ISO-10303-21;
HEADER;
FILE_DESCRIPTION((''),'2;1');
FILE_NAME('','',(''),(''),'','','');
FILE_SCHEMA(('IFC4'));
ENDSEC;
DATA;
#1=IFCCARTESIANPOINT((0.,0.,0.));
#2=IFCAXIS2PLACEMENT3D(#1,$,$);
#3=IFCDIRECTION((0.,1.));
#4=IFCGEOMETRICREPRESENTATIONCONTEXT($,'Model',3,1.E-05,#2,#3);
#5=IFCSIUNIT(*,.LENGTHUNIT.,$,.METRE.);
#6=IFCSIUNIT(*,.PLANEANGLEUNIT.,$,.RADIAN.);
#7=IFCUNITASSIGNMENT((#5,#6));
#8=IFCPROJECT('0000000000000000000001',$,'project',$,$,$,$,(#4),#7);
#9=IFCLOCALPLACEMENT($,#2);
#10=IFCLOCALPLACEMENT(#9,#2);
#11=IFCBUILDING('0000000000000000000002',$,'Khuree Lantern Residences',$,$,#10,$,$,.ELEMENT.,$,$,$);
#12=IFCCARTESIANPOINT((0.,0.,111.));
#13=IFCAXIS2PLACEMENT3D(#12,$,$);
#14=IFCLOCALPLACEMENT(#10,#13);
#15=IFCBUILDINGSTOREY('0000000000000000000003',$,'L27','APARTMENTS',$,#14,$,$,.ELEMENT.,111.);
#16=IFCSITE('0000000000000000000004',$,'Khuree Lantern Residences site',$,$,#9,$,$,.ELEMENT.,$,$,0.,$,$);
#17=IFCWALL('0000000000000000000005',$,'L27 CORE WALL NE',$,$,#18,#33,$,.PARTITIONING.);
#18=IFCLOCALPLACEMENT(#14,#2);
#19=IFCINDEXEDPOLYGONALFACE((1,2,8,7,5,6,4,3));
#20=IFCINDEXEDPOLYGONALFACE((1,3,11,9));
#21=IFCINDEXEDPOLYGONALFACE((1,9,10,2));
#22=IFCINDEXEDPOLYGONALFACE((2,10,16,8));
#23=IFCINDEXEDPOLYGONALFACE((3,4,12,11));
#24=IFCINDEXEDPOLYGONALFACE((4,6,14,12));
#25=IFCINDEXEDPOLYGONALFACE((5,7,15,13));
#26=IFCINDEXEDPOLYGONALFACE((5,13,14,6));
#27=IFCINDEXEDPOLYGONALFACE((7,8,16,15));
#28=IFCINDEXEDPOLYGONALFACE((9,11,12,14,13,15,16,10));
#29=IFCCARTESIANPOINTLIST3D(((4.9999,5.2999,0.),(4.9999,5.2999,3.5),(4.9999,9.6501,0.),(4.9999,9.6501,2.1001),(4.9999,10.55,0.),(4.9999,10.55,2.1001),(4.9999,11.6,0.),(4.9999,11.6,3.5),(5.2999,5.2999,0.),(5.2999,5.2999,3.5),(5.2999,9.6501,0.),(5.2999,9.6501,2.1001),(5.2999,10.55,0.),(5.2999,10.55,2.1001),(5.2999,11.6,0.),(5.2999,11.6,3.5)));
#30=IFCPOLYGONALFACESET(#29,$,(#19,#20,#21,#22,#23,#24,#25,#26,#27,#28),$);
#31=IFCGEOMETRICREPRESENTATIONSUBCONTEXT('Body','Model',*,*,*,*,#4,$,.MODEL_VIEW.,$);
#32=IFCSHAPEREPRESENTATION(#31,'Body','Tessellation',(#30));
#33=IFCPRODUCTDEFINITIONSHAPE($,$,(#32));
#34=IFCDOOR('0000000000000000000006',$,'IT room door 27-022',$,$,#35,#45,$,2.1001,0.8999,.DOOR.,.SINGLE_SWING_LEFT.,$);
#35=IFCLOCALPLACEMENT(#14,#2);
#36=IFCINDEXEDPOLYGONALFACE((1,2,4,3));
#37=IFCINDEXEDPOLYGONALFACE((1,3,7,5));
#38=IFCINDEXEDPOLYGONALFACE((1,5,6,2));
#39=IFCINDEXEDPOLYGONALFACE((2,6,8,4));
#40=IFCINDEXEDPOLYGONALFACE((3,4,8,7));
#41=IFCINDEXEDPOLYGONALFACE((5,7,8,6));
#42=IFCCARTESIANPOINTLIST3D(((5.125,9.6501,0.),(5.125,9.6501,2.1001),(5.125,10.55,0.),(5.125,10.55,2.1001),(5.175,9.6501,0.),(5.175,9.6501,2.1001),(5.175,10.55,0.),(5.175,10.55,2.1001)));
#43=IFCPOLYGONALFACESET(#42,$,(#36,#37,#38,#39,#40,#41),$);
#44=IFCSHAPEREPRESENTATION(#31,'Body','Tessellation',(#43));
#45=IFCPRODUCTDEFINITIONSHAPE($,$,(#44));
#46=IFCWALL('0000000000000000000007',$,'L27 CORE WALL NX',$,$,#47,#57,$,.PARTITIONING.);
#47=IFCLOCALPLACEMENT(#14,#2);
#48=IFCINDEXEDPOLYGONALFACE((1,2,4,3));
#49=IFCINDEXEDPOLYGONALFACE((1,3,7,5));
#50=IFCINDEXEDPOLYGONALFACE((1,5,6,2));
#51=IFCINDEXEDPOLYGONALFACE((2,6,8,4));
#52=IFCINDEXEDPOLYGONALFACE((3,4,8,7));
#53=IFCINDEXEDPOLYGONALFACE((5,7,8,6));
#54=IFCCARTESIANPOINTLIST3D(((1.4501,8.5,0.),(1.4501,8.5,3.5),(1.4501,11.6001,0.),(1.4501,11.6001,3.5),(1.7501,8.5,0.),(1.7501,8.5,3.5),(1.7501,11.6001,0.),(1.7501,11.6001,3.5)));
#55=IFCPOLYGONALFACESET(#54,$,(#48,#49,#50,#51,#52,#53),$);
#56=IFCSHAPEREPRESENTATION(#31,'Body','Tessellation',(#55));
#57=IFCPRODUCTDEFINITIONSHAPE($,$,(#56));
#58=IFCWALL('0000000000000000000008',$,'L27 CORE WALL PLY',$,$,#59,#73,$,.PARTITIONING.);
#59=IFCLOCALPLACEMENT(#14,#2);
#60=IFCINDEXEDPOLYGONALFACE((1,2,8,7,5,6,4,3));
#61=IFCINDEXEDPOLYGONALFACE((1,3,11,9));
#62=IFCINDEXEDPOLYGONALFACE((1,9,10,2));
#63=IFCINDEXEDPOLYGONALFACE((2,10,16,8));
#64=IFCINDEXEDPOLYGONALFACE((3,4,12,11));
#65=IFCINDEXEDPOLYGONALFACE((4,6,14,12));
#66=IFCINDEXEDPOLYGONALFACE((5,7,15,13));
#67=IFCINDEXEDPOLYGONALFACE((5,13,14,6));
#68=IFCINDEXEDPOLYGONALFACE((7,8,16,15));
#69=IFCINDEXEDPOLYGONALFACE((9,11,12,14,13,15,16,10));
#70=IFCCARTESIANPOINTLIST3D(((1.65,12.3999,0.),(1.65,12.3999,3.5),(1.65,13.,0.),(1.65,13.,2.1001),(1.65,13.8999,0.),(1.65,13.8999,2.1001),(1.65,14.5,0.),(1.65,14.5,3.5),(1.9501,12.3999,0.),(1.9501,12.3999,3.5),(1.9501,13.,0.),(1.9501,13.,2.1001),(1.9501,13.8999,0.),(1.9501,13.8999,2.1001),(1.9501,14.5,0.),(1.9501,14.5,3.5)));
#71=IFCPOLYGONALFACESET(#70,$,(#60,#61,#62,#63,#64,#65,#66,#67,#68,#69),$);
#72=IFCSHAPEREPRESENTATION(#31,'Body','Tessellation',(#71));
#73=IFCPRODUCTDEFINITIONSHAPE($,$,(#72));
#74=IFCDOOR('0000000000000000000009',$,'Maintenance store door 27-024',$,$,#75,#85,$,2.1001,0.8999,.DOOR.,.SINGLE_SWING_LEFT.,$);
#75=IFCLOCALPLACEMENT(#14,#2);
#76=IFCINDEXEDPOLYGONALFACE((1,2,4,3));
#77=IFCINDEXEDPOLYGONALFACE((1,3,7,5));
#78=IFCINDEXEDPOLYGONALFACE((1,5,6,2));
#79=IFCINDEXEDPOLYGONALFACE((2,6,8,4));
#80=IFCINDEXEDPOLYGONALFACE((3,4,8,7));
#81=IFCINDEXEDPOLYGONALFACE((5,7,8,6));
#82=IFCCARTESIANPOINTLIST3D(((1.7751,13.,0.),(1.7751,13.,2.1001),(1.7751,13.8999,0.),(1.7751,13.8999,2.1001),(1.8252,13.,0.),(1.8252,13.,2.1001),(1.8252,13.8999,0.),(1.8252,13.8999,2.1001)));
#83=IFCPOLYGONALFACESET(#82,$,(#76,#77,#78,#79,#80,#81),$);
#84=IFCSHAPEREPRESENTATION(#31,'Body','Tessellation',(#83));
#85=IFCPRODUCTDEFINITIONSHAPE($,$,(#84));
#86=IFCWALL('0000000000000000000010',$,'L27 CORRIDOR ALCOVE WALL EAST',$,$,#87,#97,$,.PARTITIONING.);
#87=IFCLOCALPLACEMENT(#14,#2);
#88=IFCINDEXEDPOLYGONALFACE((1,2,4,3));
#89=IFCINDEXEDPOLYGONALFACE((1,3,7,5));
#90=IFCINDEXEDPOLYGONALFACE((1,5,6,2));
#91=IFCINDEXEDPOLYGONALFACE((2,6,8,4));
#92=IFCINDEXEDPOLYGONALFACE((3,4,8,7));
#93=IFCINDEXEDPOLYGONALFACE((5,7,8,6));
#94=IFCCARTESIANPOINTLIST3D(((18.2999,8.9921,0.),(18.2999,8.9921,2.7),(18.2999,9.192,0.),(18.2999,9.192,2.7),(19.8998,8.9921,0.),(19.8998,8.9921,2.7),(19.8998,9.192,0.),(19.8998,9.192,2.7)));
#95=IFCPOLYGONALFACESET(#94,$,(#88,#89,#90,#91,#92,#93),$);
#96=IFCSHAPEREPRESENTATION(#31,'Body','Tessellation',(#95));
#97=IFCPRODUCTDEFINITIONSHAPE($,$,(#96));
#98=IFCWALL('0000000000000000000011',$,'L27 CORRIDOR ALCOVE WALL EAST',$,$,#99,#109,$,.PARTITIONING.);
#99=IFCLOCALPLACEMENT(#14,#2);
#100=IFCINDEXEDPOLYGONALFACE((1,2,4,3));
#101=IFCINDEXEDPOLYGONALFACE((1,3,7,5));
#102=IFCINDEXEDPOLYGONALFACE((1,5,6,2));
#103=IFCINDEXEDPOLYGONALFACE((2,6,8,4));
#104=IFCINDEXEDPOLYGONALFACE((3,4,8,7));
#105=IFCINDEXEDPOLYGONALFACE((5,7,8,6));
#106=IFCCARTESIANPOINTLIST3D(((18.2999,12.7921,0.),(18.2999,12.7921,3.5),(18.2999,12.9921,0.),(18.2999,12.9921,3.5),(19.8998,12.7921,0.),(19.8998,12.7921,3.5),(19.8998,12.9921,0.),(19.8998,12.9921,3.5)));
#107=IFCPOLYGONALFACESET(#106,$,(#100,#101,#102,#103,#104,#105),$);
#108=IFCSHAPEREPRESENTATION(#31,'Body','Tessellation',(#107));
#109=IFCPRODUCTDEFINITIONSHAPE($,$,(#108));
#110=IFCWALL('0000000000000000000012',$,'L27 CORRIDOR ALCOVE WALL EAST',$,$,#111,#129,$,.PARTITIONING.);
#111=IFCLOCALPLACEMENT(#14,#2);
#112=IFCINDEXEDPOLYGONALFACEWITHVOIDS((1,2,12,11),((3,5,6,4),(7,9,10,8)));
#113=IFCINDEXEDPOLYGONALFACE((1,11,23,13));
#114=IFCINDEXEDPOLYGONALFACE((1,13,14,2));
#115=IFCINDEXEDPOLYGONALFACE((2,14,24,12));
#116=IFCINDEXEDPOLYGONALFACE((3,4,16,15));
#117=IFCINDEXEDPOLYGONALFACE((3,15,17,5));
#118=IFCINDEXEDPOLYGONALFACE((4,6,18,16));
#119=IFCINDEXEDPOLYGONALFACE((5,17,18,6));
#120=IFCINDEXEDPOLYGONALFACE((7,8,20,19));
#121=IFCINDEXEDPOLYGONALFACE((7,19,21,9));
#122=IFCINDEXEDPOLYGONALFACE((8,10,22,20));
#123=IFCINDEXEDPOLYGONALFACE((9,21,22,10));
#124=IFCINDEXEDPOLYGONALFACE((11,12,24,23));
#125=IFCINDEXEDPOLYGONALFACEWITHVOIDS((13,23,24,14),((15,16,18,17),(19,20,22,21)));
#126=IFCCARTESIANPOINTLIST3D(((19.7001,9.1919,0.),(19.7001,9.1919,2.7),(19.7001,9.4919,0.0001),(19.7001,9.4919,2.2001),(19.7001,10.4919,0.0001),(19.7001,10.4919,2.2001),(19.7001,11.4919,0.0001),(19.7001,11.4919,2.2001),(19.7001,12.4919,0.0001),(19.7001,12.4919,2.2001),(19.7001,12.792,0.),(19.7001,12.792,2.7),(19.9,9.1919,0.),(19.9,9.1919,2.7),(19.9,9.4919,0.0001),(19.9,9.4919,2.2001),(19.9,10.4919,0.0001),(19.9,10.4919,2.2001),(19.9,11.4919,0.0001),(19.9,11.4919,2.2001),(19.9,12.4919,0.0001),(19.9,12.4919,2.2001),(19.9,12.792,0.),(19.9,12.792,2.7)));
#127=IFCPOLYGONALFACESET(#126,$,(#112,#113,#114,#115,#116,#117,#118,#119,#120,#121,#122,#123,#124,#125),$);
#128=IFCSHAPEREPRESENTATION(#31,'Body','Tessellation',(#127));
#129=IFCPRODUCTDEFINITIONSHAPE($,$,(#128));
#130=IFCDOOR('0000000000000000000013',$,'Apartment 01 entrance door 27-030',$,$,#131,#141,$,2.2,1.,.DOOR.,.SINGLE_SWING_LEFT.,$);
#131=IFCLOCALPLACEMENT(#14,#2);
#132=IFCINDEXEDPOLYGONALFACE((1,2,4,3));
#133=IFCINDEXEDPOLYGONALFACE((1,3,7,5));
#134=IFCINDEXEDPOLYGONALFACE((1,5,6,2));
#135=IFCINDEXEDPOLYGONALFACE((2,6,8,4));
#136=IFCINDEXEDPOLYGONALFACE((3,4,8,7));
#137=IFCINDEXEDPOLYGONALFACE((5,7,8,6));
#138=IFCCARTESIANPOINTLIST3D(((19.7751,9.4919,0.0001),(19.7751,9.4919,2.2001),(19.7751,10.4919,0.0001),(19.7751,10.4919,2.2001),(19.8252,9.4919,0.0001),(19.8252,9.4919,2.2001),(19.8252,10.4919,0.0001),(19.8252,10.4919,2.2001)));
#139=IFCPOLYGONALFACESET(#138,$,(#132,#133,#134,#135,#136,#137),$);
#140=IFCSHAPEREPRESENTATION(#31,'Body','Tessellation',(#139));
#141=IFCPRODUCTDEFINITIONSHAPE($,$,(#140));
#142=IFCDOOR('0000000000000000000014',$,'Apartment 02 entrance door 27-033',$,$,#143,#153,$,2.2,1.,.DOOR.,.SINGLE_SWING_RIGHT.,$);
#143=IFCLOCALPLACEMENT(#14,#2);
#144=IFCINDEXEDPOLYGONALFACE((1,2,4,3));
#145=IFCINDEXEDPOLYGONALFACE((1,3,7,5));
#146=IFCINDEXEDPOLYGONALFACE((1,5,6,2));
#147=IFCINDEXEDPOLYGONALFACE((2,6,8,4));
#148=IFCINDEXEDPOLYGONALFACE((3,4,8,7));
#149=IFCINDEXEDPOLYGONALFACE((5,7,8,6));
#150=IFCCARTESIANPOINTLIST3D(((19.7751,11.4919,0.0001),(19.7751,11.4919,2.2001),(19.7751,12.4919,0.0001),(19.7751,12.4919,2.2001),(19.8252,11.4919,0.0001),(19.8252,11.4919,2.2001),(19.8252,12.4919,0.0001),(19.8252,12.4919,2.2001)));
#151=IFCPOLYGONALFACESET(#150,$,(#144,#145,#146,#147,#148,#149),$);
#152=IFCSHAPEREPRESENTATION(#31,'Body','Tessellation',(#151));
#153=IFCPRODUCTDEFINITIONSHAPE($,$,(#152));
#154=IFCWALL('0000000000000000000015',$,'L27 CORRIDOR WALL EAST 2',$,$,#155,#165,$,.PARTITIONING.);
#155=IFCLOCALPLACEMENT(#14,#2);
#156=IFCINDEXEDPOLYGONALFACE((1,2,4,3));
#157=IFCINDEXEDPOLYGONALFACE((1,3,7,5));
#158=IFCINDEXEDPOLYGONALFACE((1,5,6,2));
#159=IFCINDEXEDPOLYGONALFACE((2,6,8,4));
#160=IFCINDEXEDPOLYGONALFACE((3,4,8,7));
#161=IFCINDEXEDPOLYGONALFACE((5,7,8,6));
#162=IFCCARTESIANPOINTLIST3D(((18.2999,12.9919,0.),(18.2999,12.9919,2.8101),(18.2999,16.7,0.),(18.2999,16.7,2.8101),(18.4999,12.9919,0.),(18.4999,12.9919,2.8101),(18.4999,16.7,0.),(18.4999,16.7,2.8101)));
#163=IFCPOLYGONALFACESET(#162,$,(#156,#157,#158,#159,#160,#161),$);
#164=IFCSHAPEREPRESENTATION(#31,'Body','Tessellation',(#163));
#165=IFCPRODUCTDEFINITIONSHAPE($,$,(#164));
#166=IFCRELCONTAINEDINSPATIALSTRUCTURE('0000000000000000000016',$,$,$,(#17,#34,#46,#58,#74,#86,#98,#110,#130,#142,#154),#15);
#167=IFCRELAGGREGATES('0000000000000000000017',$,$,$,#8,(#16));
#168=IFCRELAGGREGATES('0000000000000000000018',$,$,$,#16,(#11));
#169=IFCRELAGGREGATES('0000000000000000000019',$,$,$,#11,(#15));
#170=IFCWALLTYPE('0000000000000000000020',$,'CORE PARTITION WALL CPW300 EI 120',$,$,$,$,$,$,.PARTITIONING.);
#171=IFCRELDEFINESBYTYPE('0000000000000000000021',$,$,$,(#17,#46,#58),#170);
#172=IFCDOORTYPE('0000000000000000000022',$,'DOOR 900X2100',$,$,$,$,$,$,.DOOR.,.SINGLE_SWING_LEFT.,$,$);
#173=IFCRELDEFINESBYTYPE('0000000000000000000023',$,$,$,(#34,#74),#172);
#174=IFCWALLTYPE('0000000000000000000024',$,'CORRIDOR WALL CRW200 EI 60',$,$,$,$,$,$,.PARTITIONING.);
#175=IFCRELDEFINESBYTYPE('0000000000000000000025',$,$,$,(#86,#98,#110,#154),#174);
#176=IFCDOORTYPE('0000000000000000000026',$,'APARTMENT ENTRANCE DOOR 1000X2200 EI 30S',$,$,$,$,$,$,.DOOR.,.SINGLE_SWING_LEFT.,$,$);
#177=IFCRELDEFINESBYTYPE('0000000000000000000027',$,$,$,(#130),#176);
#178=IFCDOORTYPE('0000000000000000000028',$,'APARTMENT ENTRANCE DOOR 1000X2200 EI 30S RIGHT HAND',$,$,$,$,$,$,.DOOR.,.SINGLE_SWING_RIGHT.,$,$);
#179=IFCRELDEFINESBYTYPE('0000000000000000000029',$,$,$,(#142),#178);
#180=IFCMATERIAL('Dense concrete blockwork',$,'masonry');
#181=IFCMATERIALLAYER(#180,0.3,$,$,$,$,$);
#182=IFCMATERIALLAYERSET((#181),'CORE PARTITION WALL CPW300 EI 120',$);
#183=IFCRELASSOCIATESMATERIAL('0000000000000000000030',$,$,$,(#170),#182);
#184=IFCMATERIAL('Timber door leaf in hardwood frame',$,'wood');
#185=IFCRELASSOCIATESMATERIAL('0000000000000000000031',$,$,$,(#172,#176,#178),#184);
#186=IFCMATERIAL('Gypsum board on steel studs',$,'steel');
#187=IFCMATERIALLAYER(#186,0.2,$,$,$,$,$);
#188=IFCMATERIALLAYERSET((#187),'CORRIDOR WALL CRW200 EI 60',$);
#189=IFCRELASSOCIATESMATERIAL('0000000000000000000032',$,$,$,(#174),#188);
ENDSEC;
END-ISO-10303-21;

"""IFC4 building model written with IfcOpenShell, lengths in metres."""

from ifc_helpers import new_model, si_unit, direction, frame, frame_2d, origin, place, context, subcontext, project, spatial, rectangle, extrude, material, layer, layer_set, type_object, element, fill, save


model = new_model("IFC4")

# Units and contexts
model_context = context("Model", 3, precision=1e-05, world=origin(), true_north=direction((0.0, 1.0)))
body_context = subcontext(model_context, "Body", "Model", "MODEL_VIEW")
ifc_project = project(units=[si_unit("LENGTHUNIT", "METRE"), si_unit("PLANEANGLEUNIT", "RADIAN")], contexts=[model_context])

# Site, building, storey
site_placement = place(None, origin())
site = spatial("IfcSite", under=ifc_project, at=site_placement, Name="Khuree Lantern Residences site", CompositionType="ELEMENT", RefElevation=0.0)
building_placement = place(site_placement, origin())
building = spatial("IfcBuilding", under=site, at=building_placement, Name="Khuree Lantern Residences", CompositionType="ELEMENT")
storey_placement = place(building_placement, frame((0.0, 0.0, 111.0)))
storey = spatial("IfcBuildingStorey", under=building, at=storey_placement, Name="L27", Description="APARTMENTS", CompositionType="ELEMENT", Elevation=111.0)

# Shared definitions
ifc_material_1 = material(Name="Timber door leaf in hardwood frame", Category="wood")

# Shared definitions
ifc_material_2 = material(Name="Dense concrete blockwork", Category="masonry")
ifc_layer_1 = layer(ifc_material_2, 0.3)
ifc_layer_set_1 = layer_set([ifc_layer_1], Name="CORE PARTITION WALL CPW300 EI 120")
wall_type_1 = type_object("IfcWallType", Name="CORE PARTITION WALL CPW300 EI 120", PredefinedType="PARTITIONING", material=ifc_layer_set_1)

# Wall, opening, door
wall_1_placement = place(storey_placement, frame((5.1499, 5.3, 0.0), z_axis=(0.0, 0.0, 1.0), x_axis=(0.0, 1.0, 0.0)))
wall_1 = element("IfcWall", 1, at=wall_1_placement, inside=storey, type_object=wall_type_1, Name="L27 CORE WALL NE", PredefinedType="PARTITIONING", context=body_context, shape_type="SweptSolid", body=[
    extrude(rectangle(XDim=6.3, YDim=0.3, at=frame_2d((3.1499, 0.0))), origin(), (0.0, 0.0, 1.0), 3.5),
])
opening_1_placement = place(wall_1_placement, frame((4.3501, 0.0, 0.0)))
opening_1 = element("IfcOpeningElement", 2, at=opening_1_placement, cuts=wall_1, PredefinedType="OPENING", context=body_context, shape_type="SweptSolid", body=[
    extrude(rectangle(XDim=0.8999, YDim=2.1001, at=frame_2d((0.45, 1.05))), frame((0.0, 0.1602, 0.0), z_axis=(0.0, -1.0, 0.0), x_axis=(1.0, 0.0, 0.0)), (0.0, 0.0, 1.0), 0.3201),
])
door_type_1 = type_object("IfcDoorType", Name="DOOR 900X2100", OperationType="SINGLE_SWING_LEFT", PredefinedType="DOOR", material=ifc_material_1)
door_1_placement = place(opening_1_placement, origin())
door_1 = element("IfcDoor", 3, at=door_1_placement, inside=storey, type_object=door_type_1, Name="IT room door 27-022", OperationType="SINGLE_SWING_LEFT", OverallHeight=2.1001, OverallWidth=0.8999, PredefinedType="DOOR", context=body_context, shape_type="SweptSolid", body=[
    extrude(rectangle(XDim=0.8999, YDim=2.1001, at=frame_2d((0.45, 1.05))), frame((0.0, 0.0249, 0.0), z_axis=(0.0, -1.0, 0.0), x_axis=(1.0, 0.0, 0.0)), (0.0, 0.0, 1.0), 0.05),
])
fill(opening_1, door_1)

# Wall
wall_2_placement = place(storey_placement, frame((1.6001, 8.5, 0.0), z_axis=(0.0, 0.0, 1.0), x_axis=(0.0, 1.0, 0.0)))
element("IfcWall", 4, at=wall_2_placement, inside=storey, type_object=wall_type_1, Name="L27 CORE WALL NX", PredefinedType="PARTITIONING", context=body_context, shape_type="SweptSolid", body=[
    extrude(rectangle(XDim=3.1001, YDim=0.3, at=frame_2d((1.55, 0.0))), origin(), (0.0, 0.0, 1.0), 3.5),
])

# Wall, opening, door
wall_3_placement = place(storey_placement, frame((1.8, 12.3999, 0.0), z_axis=(0.0, 0.0, 1.0), x_axis=(0.0, 1.0, 0.0)))
wall_3 = element("IfcWall", 5, at=wall_3_placement, inside=storey, type_object=wall_type_1, Name="L27 CORE WALL PLY", PredefinedType="PARTITIONING", context=body_context, shape_type="SweptSolid", body=[
    extrude(rectangle(XDim=2.1001, YDim=0.3, at=frame_2d((1.05, 0.0))), origin(), (0.0, 0.0, 1.0), 3.5),
])
opening_2_placement = place(wall_3_placement, frame((0.6001, 0.0, 0.0)))
opening_2 = element("IfcOpeningElement", 6, at=opening_2_placement, cuts=wall_3, PredefinedType="OPENING", context=body_context, shape_type="SweptSolid", body=[
    extrude(rectangle(XDim=0.8999, YDim=2.1001, at=frame_2d((0.45, 1.05))), frame((0.0, 0.1602, 0.0), z_axis=(0.0, -1.0, 0.0), x_axis=(1.0, 0.0, 0.0)), (0.0, 0.0, 1.0), 0.3201),
])
door_2_placement = place(opening_2_placement, origin())
door_2 = element("IfcDoor", 7, at=door_2_placement, inside=storey, type_object=door_type_1, Name="Maintenance store door 27-024", OperationType="SINGLE_SWING_LEFT", OverallHeight=2.1001, OverallWidth=0.8999, PredefinedType="DOOR", context=body_context, shape_type="SweptSolid", body=[
    extrude(rectangle(XDim=0.8999, YDim=2.1001, at=frame_2d((0.45, 1.05))), frame((0.0, 0.0249, 0.0), z_axis=(0.0, -1.0, 0.0), x_axis=(1.0, 0.0, 0.0)), (0.0, 0.0, 1.0), 0.05),
])
fill(opening_2, door_2)

# Walls
ifc_material_3 = material(Name="Gypsum board on steel studs", Category="steel")
ifc_layer_2 = layer(ifc_material_3, 0.2)
ifc_layer_set_2 = layer_set([ifc_layer_2], Name="CORRIDOR WALL CRW200 EI 60")
wall_type_2 = type_object("IfcWallType", Name="CORRIDOR WALL CRW200 EI 60", PredefinedType="PARTITIONING", material=ifc_layer_set_2)
wall_4_placement = place(storey_placement, frame((18.3, 9.092, 0.0), z_axis=(0.0, 0.0, 1.0), x_axis=(1.0, 0.0, 0.0)))
element("IfcWall", 8, at=wall_4_placement, inside=storey, type_object=wall_type_2, Name="L27 CORRIDOR ALCOVE WALL EAST", PredefinedType="PARTITIONING", context=body_context, shape_type="SweptSolid", body=[
    extrude(rectangle(XDim=1.5999, YDim=0.2, at=frame_2d((0.7998, 0.0))), origin(), (0.0, 0.0, 1.0), 2.7),
])
wall_5_placement = place(storey_placement, frame((18.3, 12.8921, 0.0), z_axis=(0.0, 0.0, 1.0), x_axis=(1.0, 0.0, 0.0)))
element("IfcWall", 9, at=wall_5_placement, inside=storey, type_object=wall_type_2, Name="L27 CORRIDOR ALCOVE WALL EAST", PredefinedType="PARTITIONING", context=body_context, shape_type="SweptSolid", body=[
    extrude(rectangle(XDim=1.5999, YDim=0.2, at=frame_2d((0.7998, 0.0))), origin(), (0.0, 0.0, 1.0), 3.5),
])

# Wall, openings, doors
wall_6_placement = place(storey_placement, frame((19.8, 9.1919, 0.0), z_axis=(0.0, 0.0, 1.0), x_axis=(0.0, 1.0, 0.0)))
wall_6 = element("IfcWall", 10, at=wall_6_placement, inside=storey, type_object=wall_type_2, Name="L27 CORRIDOR ALCOVE WALL EAST", PredefinedType="PARTITIONING", context=body_context, shape_type="SweptSolid", body=[
    extrude(rectangle(XDim=3.6001, YDim=0.2, at=frame_2d((1.8, 0.0))), origin(), (0.0, 0.0, 1.0), 2.7),
])
opening_3_placement = place(wall_6_placement, frame((0.3, 0.0, 0.0)))
opening_3 = element("IfcOpeningElement", 11, at=opening_3_placement, cuts=wall_6, PredefinedType="OPENING", context=body_context, shape_type="SweptSolid", body=[
    extrude(rectangle(XDim=1.0, YDim=2.2, at=frame_2d((0.5, 1.1001))), frame((0.0, 0.1099, 0.0), z_axis=(0.0, -1.0, 0.0), x_axis=(1.0, 0.0, 0.0)), (0.0, 0.0, 1.0), 0.22),
])
opening_4_placement = place(wall_6_placement, frame((2.3, 0.0, 0.0)))
opening_4 = element("IfcOpeningElement", 12, at=opening_4_placement, cuts=wall_6, PredefinedType="OPENING", context=body_context, shape_type="SweptSolid", body=[
    extrude(rectangle(XDim=1.0, YDim=2.2, at=frame_2d((0.5, 1.1001))), frame((0.0, 0.1099, 0.0), z_axis=(0.0, -1.0, 0.0), x_axis=(1.0, 0.0, 0.0)), (0.0, 0.0, 1.0), 0.22),
])
door_type_2 = type_object("IfcDoorType", Name="APARTMENT ENTRANCE DOOR 1000X2200 EI 30S", OperationType="SINGLE_SWING_LEFT", PredefinedType="DOOR", material=ifc_material_1)
door_3_placement = place(opening_3_placement, origin())
door_3 = element("IfcDoor", 13, at=door_3_placement, inside=storey, type_object=door_type_2, Name="Apartment 01 entrance door 27-030", OperationType="SINGLE_SWING_LEFT", OverallHeight=2.2, OverallWidth=1.0, PredefinedType="DOOR", context=body_context, shape_type="SweptSolid", body=[
    extrude(rectangle(XDim=1.0, YDim=2.2, at=frame_2d((0.5, 1.1001))), frame((0.0, 0.0249, 0.0), z_axis=(0.0, -1.0, 0.0), x_axis=(1.0, 0.0, 0.0)), (0.0, 0.0, 1.0), 0.05),
])
fill(opening_3, door_3)
door_type_3 = type_object("IfcDoorType", Name="APARTMENT ENTRANCE DOOR 1000X2200 EI 30S RIGHT HAND", OperationType="SINGLE_SWING_RIGHT", PredefinedType="DOOR", material=ifc_material_1)
door_4_placement = place(opening_4_placement, origin())
door_4 = element("IfcDoor", 14, at=door_4_placement, inside=storey, type_object=door_type_3, Name="Apartment 02 entrance door 27-033", OperationType="SINGLE_SWING_RIGHT", OverallHeight=2.2, OverallWidth=1.0, PredefinedType="DOOR", context=body_context, shape_type="SweptSolid", body=[
    extrude(rectangle(XDim=1.0, YDim=2.2, at=frame_2d((0.5, 1.1001))), frame((0.0, 0.0249, 0.0), z_axis=(0.0, -1.0, 0.0), x_axis=(1.0, 0.0, 0.0)), (0.0, 0.0, 1.0), 0.05),
])
fill(opening_4, door_4)

# Wall
wall_7_placement = place(storey_placement, frame((18.3999, 12.9919, 0.0), z_axis=(0.0, 0.0, 1.0), x_axis=(0.0, 1.0, 0.0)))
element("IfcWall", 15, at=wall_7_placement, inside=storey, type_object=wall_type_2, Name="L27 CORRIDOR WALL EAST 2", PredefinedType="PARTITIONING", context=body_context, shape_type="SweptSolid", body=[
    extrude(rectangle(XDim=3.708, YDim=0.2, at=frame_2d((1.854, 0.0))), origin(), (0.0, 0.0, 1.0), 2.8101),
])

save(model, "model.ifc")
